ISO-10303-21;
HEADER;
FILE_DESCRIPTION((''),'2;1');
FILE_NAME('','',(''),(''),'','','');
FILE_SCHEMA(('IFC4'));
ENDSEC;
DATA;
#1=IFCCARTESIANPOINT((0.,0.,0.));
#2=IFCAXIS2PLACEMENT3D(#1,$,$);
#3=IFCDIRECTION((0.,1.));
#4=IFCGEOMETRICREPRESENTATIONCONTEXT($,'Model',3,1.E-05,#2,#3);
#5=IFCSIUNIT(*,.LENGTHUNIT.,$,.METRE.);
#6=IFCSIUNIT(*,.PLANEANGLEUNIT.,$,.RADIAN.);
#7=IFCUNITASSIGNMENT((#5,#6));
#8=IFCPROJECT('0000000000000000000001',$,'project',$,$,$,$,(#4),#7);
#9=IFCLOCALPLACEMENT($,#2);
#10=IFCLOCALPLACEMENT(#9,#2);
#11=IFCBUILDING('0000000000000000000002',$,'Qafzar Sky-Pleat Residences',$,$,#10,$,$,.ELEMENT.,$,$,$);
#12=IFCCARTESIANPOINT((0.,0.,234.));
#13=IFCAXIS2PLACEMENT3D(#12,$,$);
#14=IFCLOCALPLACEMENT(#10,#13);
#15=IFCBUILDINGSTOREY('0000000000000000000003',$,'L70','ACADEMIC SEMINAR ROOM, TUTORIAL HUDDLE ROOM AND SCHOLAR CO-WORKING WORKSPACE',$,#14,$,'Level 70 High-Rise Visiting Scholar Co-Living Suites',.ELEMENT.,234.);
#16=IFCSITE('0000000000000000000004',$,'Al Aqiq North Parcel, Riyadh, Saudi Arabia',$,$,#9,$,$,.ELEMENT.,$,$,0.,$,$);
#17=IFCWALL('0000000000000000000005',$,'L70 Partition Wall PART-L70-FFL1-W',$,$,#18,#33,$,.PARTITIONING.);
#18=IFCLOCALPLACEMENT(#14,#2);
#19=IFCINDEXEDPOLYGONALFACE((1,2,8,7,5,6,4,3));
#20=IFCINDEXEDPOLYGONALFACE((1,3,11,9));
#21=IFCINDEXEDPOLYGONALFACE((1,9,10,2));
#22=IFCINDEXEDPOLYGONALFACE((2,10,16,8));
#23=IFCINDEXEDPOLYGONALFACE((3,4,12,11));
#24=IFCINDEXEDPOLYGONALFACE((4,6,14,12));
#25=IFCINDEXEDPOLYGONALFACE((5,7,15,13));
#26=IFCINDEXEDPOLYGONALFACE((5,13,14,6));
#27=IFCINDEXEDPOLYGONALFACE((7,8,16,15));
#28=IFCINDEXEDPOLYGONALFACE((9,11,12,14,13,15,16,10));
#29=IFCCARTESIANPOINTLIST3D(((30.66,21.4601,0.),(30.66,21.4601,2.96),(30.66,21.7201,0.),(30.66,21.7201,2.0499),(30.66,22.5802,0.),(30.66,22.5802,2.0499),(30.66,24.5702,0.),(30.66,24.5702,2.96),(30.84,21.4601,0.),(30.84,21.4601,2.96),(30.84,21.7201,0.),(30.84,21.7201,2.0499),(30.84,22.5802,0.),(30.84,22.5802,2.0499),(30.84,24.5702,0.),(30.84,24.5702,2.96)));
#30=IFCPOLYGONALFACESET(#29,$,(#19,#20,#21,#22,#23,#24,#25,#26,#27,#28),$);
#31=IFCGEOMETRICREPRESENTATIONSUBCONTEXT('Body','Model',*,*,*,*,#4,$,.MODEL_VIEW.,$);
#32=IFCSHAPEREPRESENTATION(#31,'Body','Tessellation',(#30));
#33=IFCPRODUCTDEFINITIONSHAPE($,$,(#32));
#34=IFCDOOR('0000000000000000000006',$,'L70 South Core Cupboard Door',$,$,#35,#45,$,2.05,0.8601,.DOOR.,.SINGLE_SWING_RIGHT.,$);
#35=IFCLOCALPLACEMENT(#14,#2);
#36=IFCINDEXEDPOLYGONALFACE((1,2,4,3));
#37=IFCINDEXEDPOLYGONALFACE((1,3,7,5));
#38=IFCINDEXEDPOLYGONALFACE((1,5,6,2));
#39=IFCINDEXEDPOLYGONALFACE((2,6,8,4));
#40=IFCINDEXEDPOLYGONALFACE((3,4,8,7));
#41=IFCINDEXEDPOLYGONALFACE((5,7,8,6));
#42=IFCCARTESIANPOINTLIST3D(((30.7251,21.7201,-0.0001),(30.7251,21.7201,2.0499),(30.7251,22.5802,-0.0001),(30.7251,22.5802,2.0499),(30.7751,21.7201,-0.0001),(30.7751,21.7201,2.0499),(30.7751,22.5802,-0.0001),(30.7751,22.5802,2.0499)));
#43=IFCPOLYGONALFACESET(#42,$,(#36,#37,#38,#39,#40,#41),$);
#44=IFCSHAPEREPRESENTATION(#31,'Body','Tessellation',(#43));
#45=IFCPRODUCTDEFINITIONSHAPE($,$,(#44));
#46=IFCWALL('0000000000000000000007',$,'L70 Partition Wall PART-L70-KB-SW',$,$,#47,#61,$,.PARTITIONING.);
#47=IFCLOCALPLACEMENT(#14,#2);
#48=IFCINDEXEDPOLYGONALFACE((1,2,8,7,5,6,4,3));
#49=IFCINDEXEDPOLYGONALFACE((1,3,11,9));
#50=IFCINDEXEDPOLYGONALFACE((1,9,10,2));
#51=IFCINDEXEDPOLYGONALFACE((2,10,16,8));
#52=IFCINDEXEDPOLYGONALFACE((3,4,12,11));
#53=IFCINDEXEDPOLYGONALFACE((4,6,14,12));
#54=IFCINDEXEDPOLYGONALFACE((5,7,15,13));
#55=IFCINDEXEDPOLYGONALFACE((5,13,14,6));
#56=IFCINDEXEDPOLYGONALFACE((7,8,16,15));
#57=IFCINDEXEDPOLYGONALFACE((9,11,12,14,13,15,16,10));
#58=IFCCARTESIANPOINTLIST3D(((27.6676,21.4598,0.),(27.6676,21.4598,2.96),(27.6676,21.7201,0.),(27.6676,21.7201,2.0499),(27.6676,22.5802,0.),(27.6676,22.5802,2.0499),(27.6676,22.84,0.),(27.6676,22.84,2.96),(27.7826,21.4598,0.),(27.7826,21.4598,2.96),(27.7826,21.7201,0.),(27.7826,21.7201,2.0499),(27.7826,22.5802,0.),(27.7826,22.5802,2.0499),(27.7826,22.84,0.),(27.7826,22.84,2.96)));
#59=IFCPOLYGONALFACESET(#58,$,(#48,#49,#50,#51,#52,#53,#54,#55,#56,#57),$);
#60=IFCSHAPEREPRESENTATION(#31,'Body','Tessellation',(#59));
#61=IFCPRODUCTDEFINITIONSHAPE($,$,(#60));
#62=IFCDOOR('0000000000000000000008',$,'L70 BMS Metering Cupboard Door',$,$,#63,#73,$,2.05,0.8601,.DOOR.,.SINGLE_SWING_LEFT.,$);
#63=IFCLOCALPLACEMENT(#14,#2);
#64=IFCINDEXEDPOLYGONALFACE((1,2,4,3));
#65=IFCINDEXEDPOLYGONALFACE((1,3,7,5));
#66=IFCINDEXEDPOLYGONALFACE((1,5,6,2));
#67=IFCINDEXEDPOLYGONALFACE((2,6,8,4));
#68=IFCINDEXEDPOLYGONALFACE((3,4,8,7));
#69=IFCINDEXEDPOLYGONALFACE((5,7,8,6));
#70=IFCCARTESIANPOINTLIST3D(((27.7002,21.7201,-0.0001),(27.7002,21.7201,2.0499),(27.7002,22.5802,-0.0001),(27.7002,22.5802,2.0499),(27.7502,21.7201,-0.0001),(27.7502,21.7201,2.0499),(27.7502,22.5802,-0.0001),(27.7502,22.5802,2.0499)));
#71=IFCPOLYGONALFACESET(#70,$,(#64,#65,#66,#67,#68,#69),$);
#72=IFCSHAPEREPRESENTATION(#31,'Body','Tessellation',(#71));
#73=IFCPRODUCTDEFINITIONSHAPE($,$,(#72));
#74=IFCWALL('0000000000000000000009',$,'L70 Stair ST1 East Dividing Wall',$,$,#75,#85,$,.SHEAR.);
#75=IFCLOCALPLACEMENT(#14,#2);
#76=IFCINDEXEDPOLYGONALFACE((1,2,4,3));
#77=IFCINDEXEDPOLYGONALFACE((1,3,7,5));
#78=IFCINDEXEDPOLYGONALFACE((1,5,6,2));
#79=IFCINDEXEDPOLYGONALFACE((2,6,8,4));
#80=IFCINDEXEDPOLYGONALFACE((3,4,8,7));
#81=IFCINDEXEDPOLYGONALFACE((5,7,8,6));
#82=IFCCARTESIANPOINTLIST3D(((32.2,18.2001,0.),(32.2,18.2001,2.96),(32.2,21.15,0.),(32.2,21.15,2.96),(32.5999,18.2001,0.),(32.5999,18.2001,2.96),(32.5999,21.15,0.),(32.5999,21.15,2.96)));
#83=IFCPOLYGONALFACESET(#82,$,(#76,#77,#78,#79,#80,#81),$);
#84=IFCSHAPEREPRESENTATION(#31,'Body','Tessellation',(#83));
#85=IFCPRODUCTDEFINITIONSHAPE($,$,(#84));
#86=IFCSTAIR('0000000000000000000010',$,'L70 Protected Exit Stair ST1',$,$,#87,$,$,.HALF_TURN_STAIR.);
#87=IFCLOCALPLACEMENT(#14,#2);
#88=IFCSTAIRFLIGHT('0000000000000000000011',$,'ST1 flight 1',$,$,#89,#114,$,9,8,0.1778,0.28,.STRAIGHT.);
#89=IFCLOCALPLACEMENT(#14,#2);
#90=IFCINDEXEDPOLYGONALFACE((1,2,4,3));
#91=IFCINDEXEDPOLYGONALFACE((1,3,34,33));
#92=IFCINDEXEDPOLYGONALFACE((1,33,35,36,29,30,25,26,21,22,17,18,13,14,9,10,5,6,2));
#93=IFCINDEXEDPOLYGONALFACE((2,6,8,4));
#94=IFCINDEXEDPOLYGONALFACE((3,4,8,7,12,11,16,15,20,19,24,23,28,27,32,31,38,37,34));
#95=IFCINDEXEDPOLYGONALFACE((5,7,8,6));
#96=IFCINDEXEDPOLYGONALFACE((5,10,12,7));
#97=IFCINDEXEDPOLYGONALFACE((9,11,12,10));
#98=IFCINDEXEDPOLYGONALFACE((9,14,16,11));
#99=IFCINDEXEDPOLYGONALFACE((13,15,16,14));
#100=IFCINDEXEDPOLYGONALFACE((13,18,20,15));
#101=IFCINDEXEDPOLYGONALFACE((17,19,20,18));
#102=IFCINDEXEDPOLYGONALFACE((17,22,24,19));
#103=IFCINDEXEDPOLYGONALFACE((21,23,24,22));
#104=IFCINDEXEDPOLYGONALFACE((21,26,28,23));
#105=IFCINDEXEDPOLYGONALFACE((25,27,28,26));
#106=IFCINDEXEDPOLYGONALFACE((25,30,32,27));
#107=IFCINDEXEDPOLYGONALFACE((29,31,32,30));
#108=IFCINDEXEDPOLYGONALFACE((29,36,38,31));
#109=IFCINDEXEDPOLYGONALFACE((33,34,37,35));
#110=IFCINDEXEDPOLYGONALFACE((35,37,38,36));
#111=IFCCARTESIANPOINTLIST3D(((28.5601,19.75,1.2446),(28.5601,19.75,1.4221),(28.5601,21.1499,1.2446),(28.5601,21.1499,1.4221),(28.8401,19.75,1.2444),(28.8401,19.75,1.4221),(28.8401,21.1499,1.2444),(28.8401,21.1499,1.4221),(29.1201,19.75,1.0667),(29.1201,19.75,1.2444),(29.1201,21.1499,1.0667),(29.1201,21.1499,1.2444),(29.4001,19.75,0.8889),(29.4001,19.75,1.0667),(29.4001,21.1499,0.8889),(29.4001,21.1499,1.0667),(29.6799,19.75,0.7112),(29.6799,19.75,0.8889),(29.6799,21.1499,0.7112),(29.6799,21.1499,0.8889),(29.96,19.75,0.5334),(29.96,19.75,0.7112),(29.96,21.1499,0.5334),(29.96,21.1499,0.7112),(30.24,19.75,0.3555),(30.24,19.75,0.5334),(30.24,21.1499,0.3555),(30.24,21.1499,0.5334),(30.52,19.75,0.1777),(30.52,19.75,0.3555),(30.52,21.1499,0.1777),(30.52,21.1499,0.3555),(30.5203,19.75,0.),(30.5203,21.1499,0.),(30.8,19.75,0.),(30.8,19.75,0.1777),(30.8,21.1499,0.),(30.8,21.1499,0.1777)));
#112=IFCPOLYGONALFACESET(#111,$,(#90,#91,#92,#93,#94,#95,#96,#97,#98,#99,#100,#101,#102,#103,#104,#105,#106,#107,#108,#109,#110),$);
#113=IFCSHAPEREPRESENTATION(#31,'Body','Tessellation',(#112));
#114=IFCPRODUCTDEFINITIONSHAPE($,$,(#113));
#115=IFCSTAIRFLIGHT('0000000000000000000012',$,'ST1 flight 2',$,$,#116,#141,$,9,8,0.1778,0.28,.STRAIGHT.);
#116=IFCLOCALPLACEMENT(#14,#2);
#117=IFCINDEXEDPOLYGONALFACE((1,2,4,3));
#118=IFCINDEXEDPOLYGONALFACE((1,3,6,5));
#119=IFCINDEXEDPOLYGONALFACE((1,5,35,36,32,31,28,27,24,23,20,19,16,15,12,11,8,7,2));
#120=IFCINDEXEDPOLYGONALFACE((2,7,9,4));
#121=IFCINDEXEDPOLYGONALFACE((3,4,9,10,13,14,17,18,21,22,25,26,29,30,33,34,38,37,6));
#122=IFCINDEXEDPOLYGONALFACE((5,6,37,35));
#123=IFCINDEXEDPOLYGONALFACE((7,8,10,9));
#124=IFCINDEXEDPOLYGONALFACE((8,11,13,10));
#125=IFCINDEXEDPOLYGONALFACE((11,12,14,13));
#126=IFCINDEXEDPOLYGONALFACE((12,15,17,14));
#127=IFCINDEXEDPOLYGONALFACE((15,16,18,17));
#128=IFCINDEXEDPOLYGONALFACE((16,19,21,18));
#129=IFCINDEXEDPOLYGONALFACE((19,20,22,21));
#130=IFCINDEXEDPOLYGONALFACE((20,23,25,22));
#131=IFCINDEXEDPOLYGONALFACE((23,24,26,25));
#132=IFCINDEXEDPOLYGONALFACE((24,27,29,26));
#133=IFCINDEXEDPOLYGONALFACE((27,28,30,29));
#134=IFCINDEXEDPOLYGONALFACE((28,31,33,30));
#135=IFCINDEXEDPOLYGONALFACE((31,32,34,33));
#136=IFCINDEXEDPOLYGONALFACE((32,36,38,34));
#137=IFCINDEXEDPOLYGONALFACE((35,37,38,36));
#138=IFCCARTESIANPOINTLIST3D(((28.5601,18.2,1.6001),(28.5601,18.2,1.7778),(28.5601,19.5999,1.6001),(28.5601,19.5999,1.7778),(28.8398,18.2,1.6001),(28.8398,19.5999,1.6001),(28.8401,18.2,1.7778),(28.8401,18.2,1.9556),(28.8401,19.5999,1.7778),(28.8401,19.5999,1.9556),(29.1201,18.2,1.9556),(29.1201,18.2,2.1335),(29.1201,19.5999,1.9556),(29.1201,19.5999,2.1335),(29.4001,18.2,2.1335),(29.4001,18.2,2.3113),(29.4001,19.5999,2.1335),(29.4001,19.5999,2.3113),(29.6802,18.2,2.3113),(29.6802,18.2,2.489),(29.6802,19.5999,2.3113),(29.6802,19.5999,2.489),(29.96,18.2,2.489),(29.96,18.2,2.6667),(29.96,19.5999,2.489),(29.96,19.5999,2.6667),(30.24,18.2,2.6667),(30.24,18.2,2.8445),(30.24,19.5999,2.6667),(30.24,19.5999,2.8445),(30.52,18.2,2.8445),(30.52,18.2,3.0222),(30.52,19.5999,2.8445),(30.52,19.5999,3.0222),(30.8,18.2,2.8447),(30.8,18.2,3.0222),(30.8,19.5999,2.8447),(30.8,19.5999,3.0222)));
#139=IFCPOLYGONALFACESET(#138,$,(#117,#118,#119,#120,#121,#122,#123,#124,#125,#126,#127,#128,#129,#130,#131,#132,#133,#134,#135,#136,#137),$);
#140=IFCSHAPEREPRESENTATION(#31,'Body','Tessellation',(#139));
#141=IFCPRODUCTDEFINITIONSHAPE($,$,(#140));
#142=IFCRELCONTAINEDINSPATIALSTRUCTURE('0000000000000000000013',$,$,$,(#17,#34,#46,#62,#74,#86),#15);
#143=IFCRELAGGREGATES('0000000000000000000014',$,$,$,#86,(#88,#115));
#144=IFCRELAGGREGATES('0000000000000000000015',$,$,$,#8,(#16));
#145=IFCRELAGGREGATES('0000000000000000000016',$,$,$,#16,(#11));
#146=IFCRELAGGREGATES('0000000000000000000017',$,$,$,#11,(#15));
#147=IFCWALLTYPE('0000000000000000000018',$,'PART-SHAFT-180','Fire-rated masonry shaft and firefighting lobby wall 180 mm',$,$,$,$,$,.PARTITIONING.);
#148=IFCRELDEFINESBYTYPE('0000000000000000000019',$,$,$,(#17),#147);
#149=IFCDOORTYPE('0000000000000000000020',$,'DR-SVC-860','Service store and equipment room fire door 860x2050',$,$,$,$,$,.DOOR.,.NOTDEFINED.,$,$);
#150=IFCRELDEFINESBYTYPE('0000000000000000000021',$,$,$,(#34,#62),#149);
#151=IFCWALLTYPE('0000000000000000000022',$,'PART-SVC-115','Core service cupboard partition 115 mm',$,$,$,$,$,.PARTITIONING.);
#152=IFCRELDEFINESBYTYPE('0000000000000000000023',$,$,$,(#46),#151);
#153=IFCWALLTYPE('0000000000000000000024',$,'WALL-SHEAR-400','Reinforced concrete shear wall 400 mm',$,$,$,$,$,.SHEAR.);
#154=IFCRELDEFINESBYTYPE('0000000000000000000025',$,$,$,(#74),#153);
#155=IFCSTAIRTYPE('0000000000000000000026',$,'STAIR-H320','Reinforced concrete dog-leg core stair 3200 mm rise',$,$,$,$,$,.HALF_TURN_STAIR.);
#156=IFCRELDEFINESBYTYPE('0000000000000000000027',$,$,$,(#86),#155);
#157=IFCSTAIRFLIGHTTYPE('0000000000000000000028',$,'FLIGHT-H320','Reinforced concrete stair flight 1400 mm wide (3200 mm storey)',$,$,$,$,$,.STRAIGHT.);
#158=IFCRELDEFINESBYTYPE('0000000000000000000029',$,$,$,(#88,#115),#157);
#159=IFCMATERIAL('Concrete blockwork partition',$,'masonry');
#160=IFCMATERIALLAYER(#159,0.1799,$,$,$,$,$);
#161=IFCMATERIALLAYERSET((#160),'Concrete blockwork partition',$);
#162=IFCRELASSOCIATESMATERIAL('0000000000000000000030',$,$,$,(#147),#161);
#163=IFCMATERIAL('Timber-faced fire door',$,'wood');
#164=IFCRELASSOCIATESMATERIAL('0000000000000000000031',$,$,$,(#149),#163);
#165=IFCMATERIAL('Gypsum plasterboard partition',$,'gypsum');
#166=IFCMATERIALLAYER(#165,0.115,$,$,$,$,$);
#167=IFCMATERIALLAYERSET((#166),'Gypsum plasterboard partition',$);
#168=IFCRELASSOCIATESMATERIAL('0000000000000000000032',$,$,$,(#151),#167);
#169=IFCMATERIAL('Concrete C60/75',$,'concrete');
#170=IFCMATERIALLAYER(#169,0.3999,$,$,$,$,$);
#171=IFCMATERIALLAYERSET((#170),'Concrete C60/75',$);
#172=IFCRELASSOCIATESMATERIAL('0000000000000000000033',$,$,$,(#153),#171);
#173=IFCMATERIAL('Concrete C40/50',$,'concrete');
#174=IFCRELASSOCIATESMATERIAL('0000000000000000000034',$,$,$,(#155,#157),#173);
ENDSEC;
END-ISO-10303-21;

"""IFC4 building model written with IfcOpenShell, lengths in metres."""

from ifc_helpers import new_model, si_unit, direction, frame, frame_2d, origin, place, context, subcontext, project, spatial, polyline, rectangle, outline, extrude, source, transform, mapped, material, layer, layer_set, type_object, element, fill, aggregate, save


model = new_model("IFC4")

# Units and contexts
model_context = context("Model", 3, precision=1e-05, world=origin(), true_north=direction((0.0, 1.0)))
body_context = subcontext(model_context, "Body", "Model", "MODEL_VIEW")
ifc_project = project(units=[si_unit("LENGTHUNIT", "METRE"), si_unit("PLANEANGLEUNIT", "RADIAN")], contexts=[model_context])

# Site, building, storey
site_placement = place(None, origin())
site = spatial("IfcSite", under=ifc_project, at=site_placement, Name="Al Aqiq North Parcel, Riyadh, Saudi Arabia", CompositionType="ELEMENT", RefElevation=0.0)
building_placement = place(site_placement, origin())
building = spatial("IfcBuilding", under=site, at=building_placement, Name="Qafzar Sky-Pleat Residences", CompositionType="ELEMENT")
storey_placement = place(building_placement, frame((0.0, 0.0, 234.0)))
storey = spatial("IfcBuildingStorey", under=building, at=storey_placement, Name="L70", Description="ACADEMIC SEMINAR ROOM, TUTORIAL HUDDLE ROOM AND SCHOLAR CO-WORKING WORKSPACE", LongName="Level 70 High-Rise Visiting Scholar Co-Living Suites", CompositionType="ELEMENT", Elevation=234.0)

# Walls, openings, doors
ifc_material_1 = material(Name="Concrete blockwork partition", Category="masonry")
ifc_layer_1 = layer(ifc_material_1, 0.1799)
ifc_layer_set_1 = layer_set([ifc_layer_1], Name="Concrete blockwork partition")
wall_type_1 = type_object("IfcWallType", Name="PART-SHAFT-180", Description="Fire-rated masonry shaft and firefighting lobby wall 180 mm", PredefinedType="PARTITIONING", material=ifc_layer_set_1)
wall_1_placement = place(storey_placement, frame((30.75, 21.46, 0.0), z_axis=(0.0, 0.0, 1.0), x_axis=(0.0, 1.0, 0.0)))
wall_1 = element("IfcWall", 1, at=wall_1_placement, inside=storey, type_object=wall_type_1, Name="L70 Partition Wall PART-L70-FFL1-W", PredefinedType="PARTITIONING", context=body_context, shape_type="SweptSolid", body=[
    extrude(rectangle(XDim=3.1101, YDim=0.1799, at=frame_2d((1.5552, 0.0))), origin(), (0.0, 0.0, 1.0), 2.96),
])
opening_1_placement = place(wall_1_placement, frame((0.26, 0.0, 0.0)))
opening_1 = element("IfcOpeningElement", 2, at=opening_1_placement, cuts=wall_1, PredefinedType="OPENING", context=body_context, shape_type="SweptSolid", body=[
    extrude(rectangle(XDim=0.8601, YDim=2.05, at=frame_2d((0.4302, 1.0249))), frame((0.0, 0.1001, 0.0), z_axis=(0.0, -1.0, 0.0), x_axis=(1.0, 0.0, 0.0)), (0.0, 0.0, 1.0), 0.2),
])
ifc_material_2 = material(Name="Timber-faced fire door", Category="wood")
door_type_1 = type_object("IfcDoorType", Name="DR-SVC-860", Description="Service store and equipment room fire door 860x2050", OperationType="NOTDEFINED", PredefinedType="DOOR", material=ifc_material_2)
shared_shape_1 = source(origin(), body_context, "Body", "SweptSolid", [
    extrude(rectangle(XDim=0.8601, YDim=2.05, at=frame_2d((0.4302, 1.0249))), frame((0.0, 0.0249, 0.0), z_axis=(0.0, -1.0, 0.0), x_axis=(1.0, 0.0, 0.0)), (0.0, 0.0, 1.0), 0.05),
])
door_1_placement = place(opening_1_placement, origin())
door_1 = element("IfcDoor", 3, at=door_1_placement, inside=storey, type_object=door_type_1, Name="L70 South Core Cupboard Door", OperationType="SINGLE_SWING_RIGHT", OverallHeight=2.05, OverallWidth=0.8601, PredefinedType="DOOR", context=body_context, shape_type="MappedRepresentation", body=[
    mapped(shared_shape_1, transform((0.0, 0.0, 0.0), x_axis=(1.0, 0.0, 0.0), y_axis=(0.0, 1.0, 0.0), z_axis=(0.0, 0.0, 1.0), scale=1.0)),
])
fill(opening_1, door_1)
ifc_material_3 = material(Name="Gypsum plasterboard partition", Category="gypsum")
ifc_layer_2 = layer(ifc_material_3, 0.115)
ifc_layer_set_2 = layer_set([ifc_layer_2], Name="Gypsum plasterboard partition")
wall_type_2 = type_object("IfcWallType", Name="PART-SVC-115", Description="Core service cupboard partition 115 mm", PredefinedType="PARTITIONING", material=ifc_layer_set_2)
wall_2_placement = place(storey_placement, frame((27.7251, 21.46, 0.0), z_axis=(0.0, 0.0, 1.0), x_axis=(0.0, 1.0, 0.0)))
wall_2 = element("IfcWall", 4, at=wall_2_placement, inside=storey, type_object=wall_type_2, Name="L70 Partition Wall PART-L70-KB-SW", PredefinedType="PARTITIONING", context=body_context, shape_type="SweptSolid", body=[
    extrude(rectangle(XDim=1.3801, YDim=0.115, at=frame_2d((0.6899, 0.0))), origin(), (0.0, 0.0, 1.0), 2.96),
])
opening_2_placement = place(wall_2_placement, frame((0.26, 0.0, 0.0)))
opening_2 = element("IfcOpeningElement", 5, at=opening_2_placement, cuts=wall_2, PredefinedType="OPENING", context=body_context, shape_type="SweptSolid", body=[
    extrude(rectangle(XDim=0.8601, YDim=2.05, at=frame_2d((0.4302, 1.0249))), frame((0.0, 0.0674, 0.0), z_axis=(0.0, -1.0, 0.0), x_axis=(1.0, 0.0, 0.0)), (0.0, 0.0, 1.0), 0.135),
])
door_2_placement = place(opening_2_placement, origin())
door_2 = element("IfcDoor", 6, at=door_2_placement, inside=storey, type_object=door_type_1, Name="L70 BMS Metering Cupboard Door", OperationType="SINGLE_SWING_LEFT", OverallHeight=2.05, OverallWidth=0.8601, PredefinedType="DOOR", context=body_context, shape_type="MappedRepresentation", body=[
    mapped(shared_shape_1, transform((0.0, 0.0, 0.0), x_axis=(1.0, 0.0, 0.0), y_axis=(0.0, 1.0, 0.0), z_axis=(0.0, 0.0, 1.0), scale=1.0)),
])
fill(opening_2, door_2)

# Wall
ifc_material_4 = material(Name="Concrete C60/75", Category="concrete")
ifc_layer_3 = layer(ifc_material_4, 0.3999)
ifc_layer_set_3 = layer_set([ifc_layer_3], Name="Concrete C60/75")
wall_type_3 = type_object("IfcWallType", Name="WALL-SHEAR-400", Description="Reinforced concrete shear wall 400 mm", PredefinedType="SHEAR", material=ifc_layer_set_3)
wall_3_placement = place(storey_placement, frame((32.3999, 18.2, 0.0), z_axis=(0.0, 0.0, 1.0), x_axis=(0.0, 1.0, 0.0)))
element("IfcWall", 7, at=wall_3_placement, inside=storey, type_object=wall_type_3, Name="L70 Stair ST1 East Dividing Wall", PredefinedType="SHEAR", context=body_context, shape_type="SweptSolid", body=[
    extrude(rectangle(XDim=2.95, YDim=0.3999, at=frame_2d((1.4751, 0.0))), origin(), (0.0, 0.0, 1.0), 2.96),
])

# Stair, stair flights
ifc_material_5 = material(Name="Concrete C40/50", Category="concrete")
stair_type = type_object("IfcStairType", Name="STAIR-H320", Description="Reinforced concrete dog-leg core stair 3200 mm rise", PredefinedType="HALF_TURN_STAIR", material=ifc_material_5)
stair_placement = place(storey_placement, origin())
stair = element("IfcStair", 8, at=stair_placement, inside=storey, type_object=stair_type, Name="L70 Protected Exit Stair ST1", PredefinedType="HALF_TURN_STAIR")
stair_flight_type = type_object("IfcStairFlightType", Name="FLIGHT-H320", Description="Reinforced concrete stair flight 1400 mm wide (3200 mm storey)", PredefinedType="STRAIGHT", material=ifc_material_5)
shared_shape_2 = source(origin(), body_context, "Body", "SweptSolid", [
    extrude(outline(polyline([(0.0, 0.0), (0.0, 0.1777), (0.28, 0.1777), (0.28, 0.3555), (0.5601, 0.3555), (0.5601, 0.5334), (0.8401, 0.5334), (0.8401, 0.7112), (1.1201, 0.7112), (1.1201, 0.8889), (1.3999, 0.8889), (1.3999, 1.0667), (1.6799, 1.0667), (1.6799, 1.2444), (1.96, 1.2444), (1.96, 1.4221), (2.24, 1.4221), (2.24, 1.6001), (2.24, 1.2446), (0.2798, 0.0), (0.0, 0.0)])), frame((0.0, 0.7, 0.0), z_axis=(0.0, -1.0, 0.0), x_axis=(1.0, 0.0, 0.0)), (0.0, 0.0, 1.0), 1.3999),
])
stair_flight_1_placement = place(storey_placement, frame((30.8, 20.45, 0.0), z_axis=(0.0, 0.0, 1.0), x_axis=(-1.0, 0.0, 0.0)))
stair_flight_1 = element("IfcStairFlight", 9, at=stair_flight_1_placement, type_object=stair_flight_type, Name="ST1 flight 1", NumberOfRisers=9, NumberOfTreads=8, PredefinedType="STRAIGHT", RiserHeight=0.1778, TreadLength=0.28, context=body_context, shape_type="MappedRepresentation", body=[
    mapped(shared_shape_2, transform((0.0, 0.0, 0.0), x_axis=(1.0, 0.0, 0.0), y_axis=(0.0, 1.0, 0.0), z_axis=(0.0, 0.0, 1.0), scale=1.0)),
])
stair_flight_2_placement = place(storey_placement, frame((28.5601, 18.8999, 1.6001), z_axis=(0.0, 0.0, 1.0), x_axis=(1.0, 0.0, 0.0)))
stair_flight_2 = element("IfcStairFlight", 10, at=stair_flight_2_placement, type_object=stair_flight_type, Name="ST1 flight 2", NumberOfRisers=9, NumberOfTreads=8, PredefinedType="STRAIGHT", RiserHeight=0.1778, TreadLength=0.28, context=body_context, shape_type="MappedRepresentation", body=[
    mapped(shared_shape_2, transform((0.0, 0.0, 0.0), x_axis=(1.0, 0.0, 0.0), y_axis=(0.0, 1.0, 0.0), z_axis=(0.0, 0.0, 1.0), scale=1.0)),
])
aggregate(stair, [stair_flight_1, stair_flight_2])

save(model, "model.ifc")
